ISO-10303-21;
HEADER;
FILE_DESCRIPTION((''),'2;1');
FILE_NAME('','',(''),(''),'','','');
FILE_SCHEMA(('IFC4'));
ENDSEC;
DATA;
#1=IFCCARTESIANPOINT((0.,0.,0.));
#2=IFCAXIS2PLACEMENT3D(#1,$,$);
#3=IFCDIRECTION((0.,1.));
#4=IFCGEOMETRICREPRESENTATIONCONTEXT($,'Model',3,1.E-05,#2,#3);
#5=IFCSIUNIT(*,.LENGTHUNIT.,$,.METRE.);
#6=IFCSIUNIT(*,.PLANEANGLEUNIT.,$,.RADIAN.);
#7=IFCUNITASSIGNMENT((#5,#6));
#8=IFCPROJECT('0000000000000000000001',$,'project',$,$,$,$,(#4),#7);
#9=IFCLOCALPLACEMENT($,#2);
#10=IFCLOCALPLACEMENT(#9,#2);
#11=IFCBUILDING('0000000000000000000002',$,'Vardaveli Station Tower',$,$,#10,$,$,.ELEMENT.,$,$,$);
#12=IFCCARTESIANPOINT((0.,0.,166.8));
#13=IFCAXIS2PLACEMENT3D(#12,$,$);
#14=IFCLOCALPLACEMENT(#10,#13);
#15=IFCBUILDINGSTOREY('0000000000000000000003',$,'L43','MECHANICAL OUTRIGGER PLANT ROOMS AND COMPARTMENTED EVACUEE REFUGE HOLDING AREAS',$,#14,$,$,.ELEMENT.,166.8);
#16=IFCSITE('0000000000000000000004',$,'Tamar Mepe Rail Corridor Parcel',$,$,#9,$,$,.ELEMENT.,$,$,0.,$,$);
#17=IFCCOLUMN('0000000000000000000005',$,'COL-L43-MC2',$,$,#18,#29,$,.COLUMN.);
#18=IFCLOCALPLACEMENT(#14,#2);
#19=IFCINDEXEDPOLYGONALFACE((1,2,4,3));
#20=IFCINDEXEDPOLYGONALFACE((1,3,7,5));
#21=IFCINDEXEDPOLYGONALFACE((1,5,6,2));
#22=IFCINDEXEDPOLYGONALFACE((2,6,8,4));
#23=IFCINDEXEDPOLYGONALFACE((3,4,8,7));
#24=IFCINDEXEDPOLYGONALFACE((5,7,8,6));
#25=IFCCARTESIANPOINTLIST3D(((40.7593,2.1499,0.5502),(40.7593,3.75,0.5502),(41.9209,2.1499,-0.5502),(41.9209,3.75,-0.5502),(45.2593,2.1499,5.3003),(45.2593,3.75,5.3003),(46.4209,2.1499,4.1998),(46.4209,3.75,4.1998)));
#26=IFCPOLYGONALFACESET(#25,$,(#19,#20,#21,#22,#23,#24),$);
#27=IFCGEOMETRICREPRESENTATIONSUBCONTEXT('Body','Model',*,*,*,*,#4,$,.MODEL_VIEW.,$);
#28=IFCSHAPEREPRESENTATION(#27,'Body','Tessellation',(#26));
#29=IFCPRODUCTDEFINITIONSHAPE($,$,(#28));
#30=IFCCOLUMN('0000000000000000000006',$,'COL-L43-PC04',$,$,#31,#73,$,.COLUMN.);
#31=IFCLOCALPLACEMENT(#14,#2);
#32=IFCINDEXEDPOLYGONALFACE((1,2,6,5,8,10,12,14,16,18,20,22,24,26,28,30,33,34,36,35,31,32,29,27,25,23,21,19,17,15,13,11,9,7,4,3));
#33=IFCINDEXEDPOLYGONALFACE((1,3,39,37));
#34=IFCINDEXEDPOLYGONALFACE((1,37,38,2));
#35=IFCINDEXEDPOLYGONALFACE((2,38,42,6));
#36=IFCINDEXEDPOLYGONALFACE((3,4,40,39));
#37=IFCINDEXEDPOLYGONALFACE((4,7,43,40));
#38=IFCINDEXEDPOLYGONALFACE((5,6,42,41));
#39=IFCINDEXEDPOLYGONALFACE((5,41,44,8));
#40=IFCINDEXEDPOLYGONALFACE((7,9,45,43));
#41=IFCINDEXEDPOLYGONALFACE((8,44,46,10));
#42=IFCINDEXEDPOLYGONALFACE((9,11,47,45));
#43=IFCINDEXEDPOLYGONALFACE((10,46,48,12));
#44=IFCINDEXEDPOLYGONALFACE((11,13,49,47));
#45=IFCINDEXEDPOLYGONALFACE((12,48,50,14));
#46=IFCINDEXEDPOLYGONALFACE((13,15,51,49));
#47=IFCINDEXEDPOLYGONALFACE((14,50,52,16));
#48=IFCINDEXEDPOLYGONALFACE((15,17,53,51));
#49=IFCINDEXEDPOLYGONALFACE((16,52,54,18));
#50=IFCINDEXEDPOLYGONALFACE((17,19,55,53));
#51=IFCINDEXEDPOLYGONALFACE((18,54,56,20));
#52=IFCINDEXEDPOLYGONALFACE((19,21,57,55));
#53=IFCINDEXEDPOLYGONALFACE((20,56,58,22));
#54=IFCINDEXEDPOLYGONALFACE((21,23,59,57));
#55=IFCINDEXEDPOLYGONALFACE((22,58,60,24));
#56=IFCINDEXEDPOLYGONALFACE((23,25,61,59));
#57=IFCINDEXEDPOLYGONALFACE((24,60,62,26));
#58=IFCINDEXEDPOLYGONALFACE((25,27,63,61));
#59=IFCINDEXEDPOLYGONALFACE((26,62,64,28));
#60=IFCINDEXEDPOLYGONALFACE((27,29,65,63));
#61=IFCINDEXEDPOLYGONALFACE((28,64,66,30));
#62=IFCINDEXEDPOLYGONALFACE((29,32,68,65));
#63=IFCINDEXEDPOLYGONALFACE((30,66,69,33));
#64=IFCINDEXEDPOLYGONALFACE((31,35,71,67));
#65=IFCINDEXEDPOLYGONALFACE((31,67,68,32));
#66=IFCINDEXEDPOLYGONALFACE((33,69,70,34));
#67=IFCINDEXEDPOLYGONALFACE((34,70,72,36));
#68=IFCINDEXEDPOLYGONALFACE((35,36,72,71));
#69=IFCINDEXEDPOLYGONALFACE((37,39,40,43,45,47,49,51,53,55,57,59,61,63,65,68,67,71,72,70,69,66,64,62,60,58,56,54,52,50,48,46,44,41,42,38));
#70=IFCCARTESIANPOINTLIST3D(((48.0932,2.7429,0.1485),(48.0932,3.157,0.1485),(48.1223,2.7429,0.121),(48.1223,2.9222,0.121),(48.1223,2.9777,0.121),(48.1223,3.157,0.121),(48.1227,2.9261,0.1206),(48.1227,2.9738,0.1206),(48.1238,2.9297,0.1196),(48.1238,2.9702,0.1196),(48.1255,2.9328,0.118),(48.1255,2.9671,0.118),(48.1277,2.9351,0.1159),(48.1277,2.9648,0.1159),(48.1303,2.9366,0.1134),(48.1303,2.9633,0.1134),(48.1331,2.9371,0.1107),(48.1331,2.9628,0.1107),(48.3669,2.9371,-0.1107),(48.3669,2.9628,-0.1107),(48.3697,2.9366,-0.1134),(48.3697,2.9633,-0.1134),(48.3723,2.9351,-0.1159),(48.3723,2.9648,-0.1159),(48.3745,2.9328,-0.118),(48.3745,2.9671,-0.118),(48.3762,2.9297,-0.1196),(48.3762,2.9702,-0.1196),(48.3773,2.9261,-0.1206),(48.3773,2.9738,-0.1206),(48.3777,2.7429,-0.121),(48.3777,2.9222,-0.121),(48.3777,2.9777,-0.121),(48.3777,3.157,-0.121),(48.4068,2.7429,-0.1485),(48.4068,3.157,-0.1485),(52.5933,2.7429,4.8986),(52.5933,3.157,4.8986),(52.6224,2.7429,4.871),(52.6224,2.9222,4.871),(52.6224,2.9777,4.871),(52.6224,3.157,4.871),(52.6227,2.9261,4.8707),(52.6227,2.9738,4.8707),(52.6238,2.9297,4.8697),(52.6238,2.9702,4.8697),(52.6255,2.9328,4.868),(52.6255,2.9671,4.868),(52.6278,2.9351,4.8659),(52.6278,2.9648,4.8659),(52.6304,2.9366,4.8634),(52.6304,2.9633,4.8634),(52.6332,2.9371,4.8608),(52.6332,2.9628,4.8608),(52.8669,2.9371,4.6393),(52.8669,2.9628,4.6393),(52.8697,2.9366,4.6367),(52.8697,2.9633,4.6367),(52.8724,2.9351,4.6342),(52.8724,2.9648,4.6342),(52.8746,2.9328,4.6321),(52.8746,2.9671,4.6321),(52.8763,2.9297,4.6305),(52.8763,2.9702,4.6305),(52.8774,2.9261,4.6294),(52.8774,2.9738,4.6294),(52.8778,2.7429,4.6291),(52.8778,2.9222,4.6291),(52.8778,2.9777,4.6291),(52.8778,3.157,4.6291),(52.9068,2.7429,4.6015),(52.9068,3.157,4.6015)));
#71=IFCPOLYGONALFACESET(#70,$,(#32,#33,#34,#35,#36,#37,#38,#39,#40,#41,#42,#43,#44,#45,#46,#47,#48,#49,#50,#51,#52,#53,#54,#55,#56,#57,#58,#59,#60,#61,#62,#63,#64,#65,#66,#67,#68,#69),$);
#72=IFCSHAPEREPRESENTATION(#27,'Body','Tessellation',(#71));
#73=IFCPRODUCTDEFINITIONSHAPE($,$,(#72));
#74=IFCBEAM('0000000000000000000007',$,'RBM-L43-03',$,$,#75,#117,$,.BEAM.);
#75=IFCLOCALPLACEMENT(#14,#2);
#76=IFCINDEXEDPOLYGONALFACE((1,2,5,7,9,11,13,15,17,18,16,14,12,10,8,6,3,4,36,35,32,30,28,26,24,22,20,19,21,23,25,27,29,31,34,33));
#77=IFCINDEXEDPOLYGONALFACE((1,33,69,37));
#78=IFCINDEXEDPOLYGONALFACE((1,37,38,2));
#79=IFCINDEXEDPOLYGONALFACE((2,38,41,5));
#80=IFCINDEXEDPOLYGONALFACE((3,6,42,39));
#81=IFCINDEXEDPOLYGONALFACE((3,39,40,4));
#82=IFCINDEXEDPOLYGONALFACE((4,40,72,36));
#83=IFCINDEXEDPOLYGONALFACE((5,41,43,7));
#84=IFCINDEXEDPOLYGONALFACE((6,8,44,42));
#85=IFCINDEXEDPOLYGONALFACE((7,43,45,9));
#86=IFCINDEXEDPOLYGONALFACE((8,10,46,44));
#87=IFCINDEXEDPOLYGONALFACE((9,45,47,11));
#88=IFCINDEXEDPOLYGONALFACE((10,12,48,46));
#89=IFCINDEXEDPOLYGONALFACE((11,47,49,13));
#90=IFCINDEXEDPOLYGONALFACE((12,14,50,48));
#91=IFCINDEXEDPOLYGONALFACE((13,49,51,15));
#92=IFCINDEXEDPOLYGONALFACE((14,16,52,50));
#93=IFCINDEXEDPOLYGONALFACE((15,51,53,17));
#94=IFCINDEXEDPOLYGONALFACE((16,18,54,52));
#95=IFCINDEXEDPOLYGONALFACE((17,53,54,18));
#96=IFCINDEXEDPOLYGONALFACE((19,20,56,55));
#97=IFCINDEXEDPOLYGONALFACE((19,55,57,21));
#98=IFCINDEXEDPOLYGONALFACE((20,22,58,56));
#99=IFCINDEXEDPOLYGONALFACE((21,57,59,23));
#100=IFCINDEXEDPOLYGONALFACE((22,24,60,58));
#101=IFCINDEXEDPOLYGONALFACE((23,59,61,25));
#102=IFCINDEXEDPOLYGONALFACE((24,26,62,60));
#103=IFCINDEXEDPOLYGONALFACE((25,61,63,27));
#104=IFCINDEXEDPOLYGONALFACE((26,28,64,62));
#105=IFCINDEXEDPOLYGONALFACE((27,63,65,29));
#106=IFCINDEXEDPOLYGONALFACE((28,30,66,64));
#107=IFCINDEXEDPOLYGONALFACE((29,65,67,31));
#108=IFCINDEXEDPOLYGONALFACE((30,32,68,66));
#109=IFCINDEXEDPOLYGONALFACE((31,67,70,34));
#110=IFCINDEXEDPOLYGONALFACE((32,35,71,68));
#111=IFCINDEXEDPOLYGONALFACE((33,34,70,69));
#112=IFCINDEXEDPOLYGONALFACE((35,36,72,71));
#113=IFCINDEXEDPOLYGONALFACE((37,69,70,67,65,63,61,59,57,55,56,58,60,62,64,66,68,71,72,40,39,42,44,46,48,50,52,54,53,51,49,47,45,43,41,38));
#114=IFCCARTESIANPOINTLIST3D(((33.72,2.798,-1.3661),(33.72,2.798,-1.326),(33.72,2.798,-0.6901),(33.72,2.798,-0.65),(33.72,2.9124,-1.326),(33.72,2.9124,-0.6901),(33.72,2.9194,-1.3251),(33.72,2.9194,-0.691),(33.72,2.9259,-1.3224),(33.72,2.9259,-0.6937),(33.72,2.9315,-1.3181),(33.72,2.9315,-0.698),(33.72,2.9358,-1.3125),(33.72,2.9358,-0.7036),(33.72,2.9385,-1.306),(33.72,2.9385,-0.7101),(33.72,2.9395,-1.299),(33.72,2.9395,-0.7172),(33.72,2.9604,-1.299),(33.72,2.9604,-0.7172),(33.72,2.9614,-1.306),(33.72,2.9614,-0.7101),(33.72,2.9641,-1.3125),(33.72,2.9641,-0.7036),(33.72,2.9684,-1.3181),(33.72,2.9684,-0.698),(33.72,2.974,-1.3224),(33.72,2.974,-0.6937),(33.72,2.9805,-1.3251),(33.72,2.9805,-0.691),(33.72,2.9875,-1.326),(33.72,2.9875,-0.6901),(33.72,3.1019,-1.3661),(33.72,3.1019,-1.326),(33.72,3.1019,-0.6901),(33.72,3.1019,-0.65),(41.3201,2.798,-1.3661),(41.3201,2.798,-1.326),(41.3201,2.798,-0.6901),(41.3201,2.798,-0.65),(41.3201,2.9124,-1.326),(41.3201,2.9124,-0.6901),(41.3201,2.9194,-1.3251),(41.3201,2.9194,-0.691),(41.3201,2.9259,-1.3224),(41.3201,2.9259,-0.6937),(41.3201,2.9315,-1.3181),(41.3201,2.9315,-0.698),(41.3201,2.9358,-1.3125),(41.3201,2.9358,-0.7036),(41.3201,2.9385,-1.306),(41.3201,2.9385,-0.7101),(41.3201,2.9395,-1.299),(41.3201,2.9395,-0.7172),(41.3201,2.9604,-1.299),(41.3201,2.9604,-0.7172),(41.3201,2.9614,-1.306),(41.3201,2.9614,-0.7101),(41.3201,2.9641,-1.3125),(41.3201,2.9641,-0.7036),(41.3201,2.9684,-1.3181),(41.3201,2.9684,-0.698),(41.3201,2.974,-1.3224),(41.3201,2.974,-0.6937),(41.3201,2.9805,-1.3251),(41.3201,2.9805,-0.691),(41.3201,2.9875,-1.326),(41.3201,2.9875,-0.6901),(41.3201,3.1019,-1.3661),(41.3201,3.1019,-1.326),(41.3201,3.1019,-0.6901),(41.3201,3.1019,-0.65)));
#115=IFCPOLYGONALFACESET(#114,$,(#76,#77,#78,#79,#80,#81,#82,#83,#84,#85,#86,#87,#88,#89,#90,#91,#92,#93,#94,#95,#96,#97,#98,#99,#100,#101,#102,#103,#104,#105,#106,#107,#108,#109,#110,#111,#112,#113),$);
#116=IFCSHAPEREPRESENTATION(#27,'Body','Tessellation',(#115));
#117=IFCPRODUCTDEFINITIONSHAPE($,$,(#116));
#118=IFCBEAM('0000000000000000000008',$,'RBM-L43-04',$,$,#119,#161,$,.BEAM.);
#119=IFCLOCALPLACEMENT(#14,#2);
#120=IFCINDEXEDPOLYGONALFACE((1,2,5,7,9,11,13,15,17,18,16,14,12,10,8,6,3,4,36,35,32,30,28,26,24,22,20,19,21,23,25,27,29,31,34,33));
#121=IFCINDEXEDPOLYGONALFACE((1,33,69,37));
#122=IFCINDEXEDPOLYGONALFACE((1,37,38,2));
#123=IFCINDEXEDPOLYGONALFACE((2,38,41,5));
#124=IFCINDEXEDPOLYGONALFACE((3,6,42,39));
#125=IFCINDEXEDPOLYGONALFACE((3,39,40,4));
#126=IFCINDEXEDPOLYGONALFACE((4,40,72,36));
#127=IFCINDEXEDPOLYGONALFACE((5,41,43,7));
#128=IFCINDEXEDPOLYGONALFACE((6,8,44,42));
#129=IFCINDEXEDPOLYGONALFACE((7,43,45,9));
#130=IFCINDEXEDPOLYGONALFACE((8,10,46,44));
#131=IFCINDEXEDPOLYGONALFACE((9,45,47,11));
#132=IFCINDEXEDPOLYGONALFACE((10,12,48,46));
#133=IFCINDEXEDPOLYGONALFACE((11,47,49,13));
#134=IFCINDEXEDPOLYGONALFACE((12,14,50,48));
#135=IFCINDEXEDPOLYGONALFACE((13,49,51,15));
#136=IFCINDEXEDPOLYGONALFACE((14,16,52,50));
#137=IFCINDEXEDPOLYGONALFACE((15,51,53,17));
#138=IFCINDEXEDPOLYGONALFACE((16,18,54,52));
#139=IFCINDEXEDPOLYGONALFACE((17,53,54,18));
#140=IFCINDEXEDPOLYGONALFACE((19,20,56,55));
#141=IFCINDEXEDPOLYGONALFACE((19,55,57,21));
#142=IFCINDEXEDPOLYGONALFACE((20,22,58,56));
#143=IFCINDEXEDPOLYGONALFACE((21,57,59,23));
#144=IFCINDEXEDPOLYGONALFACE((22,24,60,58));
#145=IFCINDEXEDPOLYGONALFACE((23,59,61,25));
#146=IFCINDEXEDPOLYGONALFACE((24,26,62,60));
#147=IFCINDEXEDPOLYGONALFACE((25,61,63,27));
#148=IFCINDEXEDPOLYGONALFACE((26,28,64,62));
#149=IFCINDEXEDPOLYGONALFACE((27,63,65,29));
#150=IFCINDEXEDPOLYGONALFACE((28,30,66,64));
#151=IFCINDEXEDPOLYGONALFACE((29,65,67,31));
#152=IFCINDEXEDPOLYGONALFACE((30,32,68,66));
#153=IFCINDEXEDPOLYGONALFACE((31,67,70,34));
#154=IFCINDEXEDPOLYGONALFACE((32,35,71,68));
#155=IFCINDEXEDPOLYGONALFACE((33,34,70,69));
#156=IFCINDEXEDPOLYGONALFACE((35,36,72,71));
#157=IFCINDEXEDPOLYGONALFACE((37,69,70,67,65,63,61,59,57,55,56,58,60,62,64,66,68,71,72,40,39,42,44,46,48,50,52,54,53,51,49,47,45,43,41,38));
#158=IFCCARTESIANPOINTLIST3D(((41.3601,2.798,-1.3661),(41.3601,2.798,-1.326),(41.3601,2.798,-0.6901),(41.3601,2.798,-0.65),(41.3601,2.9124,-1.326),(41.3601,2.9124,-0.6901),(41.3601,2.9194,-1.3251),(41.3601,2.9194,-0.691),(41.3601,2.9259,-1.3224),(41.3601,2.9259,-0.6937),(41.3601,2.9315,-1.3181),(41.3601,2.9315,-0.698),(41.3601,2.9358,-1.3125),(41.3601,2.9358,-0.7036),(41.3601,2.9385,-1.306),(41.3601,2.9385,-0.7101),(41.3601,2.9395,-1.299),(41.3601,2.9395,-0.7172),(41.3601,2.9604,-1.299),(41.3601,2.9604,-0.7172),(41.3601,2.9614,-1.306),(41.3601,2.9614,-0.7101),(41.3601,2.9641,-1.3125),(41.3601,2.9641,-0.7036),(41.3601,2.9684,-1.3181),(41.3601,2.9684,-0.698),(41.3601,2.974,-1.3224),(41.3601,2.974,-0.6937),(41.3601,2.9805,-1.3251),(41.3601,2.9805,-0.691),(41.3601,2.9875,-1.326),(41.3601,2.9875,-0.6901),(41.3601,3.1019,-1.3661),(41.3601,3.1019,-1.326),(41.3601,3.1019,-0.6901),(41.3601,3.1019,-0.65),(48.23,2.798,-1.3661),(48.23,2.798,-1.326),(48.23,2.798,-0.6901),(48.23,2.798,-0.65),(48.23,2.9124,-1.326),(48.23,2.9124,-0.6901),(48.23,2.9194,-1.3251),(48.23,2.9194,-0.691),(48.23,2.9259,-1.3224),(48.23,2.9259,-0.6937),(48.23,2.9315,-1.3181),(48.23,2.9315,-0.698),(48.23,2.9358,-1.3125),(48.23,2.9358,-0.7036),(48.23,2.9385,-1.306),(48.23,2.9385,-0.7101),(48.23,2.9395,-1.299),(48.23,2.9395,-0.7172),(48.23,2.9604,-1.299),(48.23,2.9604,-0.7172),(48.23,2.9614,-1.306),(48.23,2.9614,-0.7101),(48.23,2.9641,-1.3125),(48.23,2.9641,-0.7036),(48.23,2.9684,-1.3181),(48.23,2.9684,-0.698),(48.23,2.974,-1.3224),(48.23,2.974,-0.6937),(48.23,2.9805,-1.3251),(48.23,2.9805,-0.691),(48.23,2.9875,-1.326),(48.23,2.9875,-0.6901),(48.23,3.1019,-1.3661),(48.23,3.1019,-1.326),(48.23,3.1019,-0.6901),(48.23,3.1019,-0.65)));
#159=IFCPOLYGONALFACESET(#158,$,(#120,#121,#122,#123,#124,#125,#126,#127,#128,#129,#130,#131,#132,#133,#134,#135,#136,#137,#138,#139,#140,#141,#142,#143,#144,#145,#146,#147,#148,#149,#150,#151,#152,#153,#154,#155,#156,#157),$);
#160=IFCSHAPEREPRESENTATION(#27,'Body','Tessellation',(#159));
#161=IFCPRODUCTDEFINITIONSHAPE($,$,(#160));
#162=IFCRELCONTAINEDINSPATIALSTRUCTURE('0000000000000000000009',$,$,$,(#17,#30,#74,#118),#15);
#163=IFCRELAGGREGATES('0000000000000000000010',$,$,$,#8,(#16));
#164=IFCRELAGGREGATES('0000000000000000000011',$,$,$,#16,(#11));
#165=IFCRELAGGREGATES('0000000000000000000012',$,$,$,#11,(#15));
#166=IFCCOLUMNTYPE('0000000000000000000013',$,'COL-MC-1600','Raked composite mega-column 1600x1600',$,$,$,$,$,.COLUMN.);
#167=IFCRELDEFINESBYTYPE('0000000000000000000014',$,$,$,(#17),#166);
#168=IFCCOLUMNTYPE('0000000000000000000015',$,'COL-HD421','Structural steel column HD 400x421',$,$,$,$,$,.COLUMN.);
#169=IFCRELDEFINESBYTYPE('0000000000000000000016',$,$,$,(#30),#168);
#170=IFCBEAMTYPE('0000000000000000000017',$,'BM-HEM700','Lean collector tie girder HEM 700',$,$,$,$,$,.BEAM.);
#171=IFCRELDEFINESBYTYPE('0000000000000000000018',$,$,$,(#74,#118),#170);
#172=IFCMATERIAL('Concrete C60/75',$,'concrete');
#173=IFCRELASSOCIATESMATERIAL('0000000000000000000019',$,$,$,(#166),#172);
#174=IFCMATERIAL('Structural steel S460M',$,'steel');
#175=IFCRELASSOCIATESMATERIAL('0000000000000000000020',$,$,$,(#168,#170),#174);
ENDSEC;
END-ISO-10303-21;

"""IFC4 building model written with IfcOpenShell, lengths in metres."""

from ifc_helpers import new_model, si_unit, direction, frame, origin, origin_2d, place, context, subcontext, project, spatial, rectangle, i_section, extrude, source, transform, mapped, material, material_profile, profile_set, type_object, element, save


model = new_model("IFC4")

# Units and contexts
model_context = context("Model", 3, precision=1e-05, world=origin(), true_north=direction((0.0, 1.0)))
body_context = subcontext(model_context, "Body", "Model", "MODEL_VIEW")
ifc_project = project(units=[si_unit("LENGTHUNIT", "METRE"), si_unit("PLANEANGLEUNIT", "RADIAN")], contexts=[model_context])

# Site, building, storey
site_placement = place(None, origin())
site = spatial("IfcSite", under=ifc_project, at=site_placement, Name="Tamar Mepe Rail Corridor Parcel", CompositionType="ELEMENT", RefElevation=0.0)
building_placement = place(site_placement, origin())
building = spatial("IfcBuilding", under=site, at=building_placement, Name="Vardaveli Station Tower", CompositionType="ELEMENT")
storey_placement = place(building_placement, frame((0.0, 0.0, 166.8)))
storey = spatial("IfcBuildingStorey", under=building, at=storey_placement, Name="L43", Description="MECHANICAL OUTRIGGER PLANT ROOMS AND COMPARTMENTED EVACUEE REFUGE HOLDING AREAS", CompositionType="ELEMENT", Elevation=166.8)

# Columns
ifc_material_1 = material(Name="Concrete C60/75", Category="concrete")
ifc_material_profile_1 = material_profile(ifc_material_1, rectangle(XDim=1.6001, YDim=1.6001, at=origin_2d()), Name="MC 1600x1600")
ifc_profile_set_1 = profile_set([ifc_material_profile_1], Name="Concrete C60/75")
column_type_1 = type_object("IfcColumnType", Name="COL-MC-1600", Description="Raked composite mega-column 1600x1600", PredefinedType="COLUMN", material=ifc_profile_set_1)
shared_shape_1 = source(origin(), body_context, "Body", "SweptSolid", [
    extrude(rectangle(XDim=1.6001, YDim=1.6001, at=origin_2d()), origin(), (0.0, 0.0, 1.0), 6.5432),
])
column_1_placement = place(storey_placement, frame((41.3401, 2.95, 0.0), z_axis=(0.687745, 0.0, 0.725953), x_axis=(0.0, 1.0, 0.0)))
element("IfcColumn", 1, at=column_1_placement, inside=storey, type_object=column_type_1, Name="COL-L43-MC2", PredefinedType="COLUMN", context=body_context, shape_type="MappedRepresentation", body=[
    mapped(shared_shape_1, transform((0.0, 0.0, 0.0), scale=1.0)),
])
ifc_material_2 = material(Name="Structural steel S460M", Category="steel")
ifc_material_profile_2 = material_profile(ifc_material_2, i_section(OverallWidth=0.4141, OverallDepth=0.4319, WebThickness=0.0256, FlangeThickness=0.04, FilletRadius=0.0149, at=origin_2d()), Name="HD 400x421")
ifc_profile_set_2 = profile_set([ifc_material_profile_2], Name="Structural steel S460M")
column_type_2 = type_object("IfcColumnType", Name="COL-HD421", Description="Structural steel column HD 400x421", PredefinedType="COLUMN", material=ifc_profile_set_2)
shared_shape_2 = source(origin(), body_context, "Body", "SweptSolid", [
    extrude(i_section(OverallWidth=0.4141, OverallDepth=0.4319, WebThickness=0.0256, FlangeThickness=0.04, FilletRadius=0.0149, at=origin_2d()), origin(), (0.0, 0.0, 1.0), 6.5432),
])
column_2_placement = place(storey_placement, frame((48.25, 2.95, 0.0), z_axis=(0.687745, 0.0, 0.725953), x_axis=(0.0, 1.0, 0.0)))
element("IfcColumn", 2, at=column_2_placement, inside=storey, type_object=column_type_2, Name="COL-L43-PC04", PredefinedType="COLUMN", context=body_context, shape_type="MappedRepresentation", body=[
    mapped(shared_shape_2, transform((0.0, 0.0, 0.0), scale=1.0)),
])

# Beams
ifc_material_profile_3 = material_profile(ifc_material_2, i_section(OverallWidth=0.304, OverallDepth=0.7161, WebThickness=0.021, FlangeThickness=0.04, FilletRadius=0.0271, at=origin_2d()), Name="HEM 700")
ifc_profile_set_3 = profile_set([ifc_material_profile_3], Name="Structural steel S460M")
beam_type_1 = type_object("IfcBeamType", Name="BM-HEM700", Description="Lean collector tie girder HEM 700", PredefinedType="BEAM", material=ifc_profile_set_3)
shared_shape_3 = source(origin(), body_context, "Body", "SweptSolid", [
    extrude(i_section(OverallWidth=0.304, OverallDepth=0.7161, WebThickness=0.021, FlangeThickness=0.04, FilletRadius=0.0271, at=origin_2d()), origin(), (0.0, 0.0, 1.0), 7.6001),
])
beam_1_placement = place(storey_placement, frame((33.72, 2.95, -1.0081), z_axis=(1.0, 0.0, 0.0), x_axis=(0.0, 1.0, 0.0)))
element("IfcBeam", 3, at=beam_1_placement, inside=storey, type_object=beam_type_1, Name="RBM-L43-03", PredefinedType="BEAM", context=body_context, shape_type="MappedRepresentation", body=[
    mapped(shared_shape_3, transform((0.0, 0.0, 0.0), scale=1.0)),
])
shared_shape_4 = source(origin(), body_context, "Body", "SweptSolid", [
    extrude(i_section(OverallWidth=0.304, OverallDepth=0.7161, WebThickness=0.021, FlangeThickness=0.04, FilletRadius=0.0271, at=origin_2d()), origin(), (0.0, 0.0, 1.0), 6.8699),
])
beam_2_placement = place(storey_placement, frame((41.3601, 2.95, -1.0081), z_axis=(1.0, 0.0, 0.0), x_axis=(0.0, 1.0, 0.0)))
element("IfcBeam", 4, at=beam_2_placement, inside=storey, type_object=beam_type_1, Name="RBM-L43-04", PredefinedType="BEAM", context=body_context, shape_type="MappedRepresentation", body=[
    mapped(shared_shape_4, transform((0.0, 0.0, 0.0), scale=1.0)),
])

save(model, "model.ifc")
